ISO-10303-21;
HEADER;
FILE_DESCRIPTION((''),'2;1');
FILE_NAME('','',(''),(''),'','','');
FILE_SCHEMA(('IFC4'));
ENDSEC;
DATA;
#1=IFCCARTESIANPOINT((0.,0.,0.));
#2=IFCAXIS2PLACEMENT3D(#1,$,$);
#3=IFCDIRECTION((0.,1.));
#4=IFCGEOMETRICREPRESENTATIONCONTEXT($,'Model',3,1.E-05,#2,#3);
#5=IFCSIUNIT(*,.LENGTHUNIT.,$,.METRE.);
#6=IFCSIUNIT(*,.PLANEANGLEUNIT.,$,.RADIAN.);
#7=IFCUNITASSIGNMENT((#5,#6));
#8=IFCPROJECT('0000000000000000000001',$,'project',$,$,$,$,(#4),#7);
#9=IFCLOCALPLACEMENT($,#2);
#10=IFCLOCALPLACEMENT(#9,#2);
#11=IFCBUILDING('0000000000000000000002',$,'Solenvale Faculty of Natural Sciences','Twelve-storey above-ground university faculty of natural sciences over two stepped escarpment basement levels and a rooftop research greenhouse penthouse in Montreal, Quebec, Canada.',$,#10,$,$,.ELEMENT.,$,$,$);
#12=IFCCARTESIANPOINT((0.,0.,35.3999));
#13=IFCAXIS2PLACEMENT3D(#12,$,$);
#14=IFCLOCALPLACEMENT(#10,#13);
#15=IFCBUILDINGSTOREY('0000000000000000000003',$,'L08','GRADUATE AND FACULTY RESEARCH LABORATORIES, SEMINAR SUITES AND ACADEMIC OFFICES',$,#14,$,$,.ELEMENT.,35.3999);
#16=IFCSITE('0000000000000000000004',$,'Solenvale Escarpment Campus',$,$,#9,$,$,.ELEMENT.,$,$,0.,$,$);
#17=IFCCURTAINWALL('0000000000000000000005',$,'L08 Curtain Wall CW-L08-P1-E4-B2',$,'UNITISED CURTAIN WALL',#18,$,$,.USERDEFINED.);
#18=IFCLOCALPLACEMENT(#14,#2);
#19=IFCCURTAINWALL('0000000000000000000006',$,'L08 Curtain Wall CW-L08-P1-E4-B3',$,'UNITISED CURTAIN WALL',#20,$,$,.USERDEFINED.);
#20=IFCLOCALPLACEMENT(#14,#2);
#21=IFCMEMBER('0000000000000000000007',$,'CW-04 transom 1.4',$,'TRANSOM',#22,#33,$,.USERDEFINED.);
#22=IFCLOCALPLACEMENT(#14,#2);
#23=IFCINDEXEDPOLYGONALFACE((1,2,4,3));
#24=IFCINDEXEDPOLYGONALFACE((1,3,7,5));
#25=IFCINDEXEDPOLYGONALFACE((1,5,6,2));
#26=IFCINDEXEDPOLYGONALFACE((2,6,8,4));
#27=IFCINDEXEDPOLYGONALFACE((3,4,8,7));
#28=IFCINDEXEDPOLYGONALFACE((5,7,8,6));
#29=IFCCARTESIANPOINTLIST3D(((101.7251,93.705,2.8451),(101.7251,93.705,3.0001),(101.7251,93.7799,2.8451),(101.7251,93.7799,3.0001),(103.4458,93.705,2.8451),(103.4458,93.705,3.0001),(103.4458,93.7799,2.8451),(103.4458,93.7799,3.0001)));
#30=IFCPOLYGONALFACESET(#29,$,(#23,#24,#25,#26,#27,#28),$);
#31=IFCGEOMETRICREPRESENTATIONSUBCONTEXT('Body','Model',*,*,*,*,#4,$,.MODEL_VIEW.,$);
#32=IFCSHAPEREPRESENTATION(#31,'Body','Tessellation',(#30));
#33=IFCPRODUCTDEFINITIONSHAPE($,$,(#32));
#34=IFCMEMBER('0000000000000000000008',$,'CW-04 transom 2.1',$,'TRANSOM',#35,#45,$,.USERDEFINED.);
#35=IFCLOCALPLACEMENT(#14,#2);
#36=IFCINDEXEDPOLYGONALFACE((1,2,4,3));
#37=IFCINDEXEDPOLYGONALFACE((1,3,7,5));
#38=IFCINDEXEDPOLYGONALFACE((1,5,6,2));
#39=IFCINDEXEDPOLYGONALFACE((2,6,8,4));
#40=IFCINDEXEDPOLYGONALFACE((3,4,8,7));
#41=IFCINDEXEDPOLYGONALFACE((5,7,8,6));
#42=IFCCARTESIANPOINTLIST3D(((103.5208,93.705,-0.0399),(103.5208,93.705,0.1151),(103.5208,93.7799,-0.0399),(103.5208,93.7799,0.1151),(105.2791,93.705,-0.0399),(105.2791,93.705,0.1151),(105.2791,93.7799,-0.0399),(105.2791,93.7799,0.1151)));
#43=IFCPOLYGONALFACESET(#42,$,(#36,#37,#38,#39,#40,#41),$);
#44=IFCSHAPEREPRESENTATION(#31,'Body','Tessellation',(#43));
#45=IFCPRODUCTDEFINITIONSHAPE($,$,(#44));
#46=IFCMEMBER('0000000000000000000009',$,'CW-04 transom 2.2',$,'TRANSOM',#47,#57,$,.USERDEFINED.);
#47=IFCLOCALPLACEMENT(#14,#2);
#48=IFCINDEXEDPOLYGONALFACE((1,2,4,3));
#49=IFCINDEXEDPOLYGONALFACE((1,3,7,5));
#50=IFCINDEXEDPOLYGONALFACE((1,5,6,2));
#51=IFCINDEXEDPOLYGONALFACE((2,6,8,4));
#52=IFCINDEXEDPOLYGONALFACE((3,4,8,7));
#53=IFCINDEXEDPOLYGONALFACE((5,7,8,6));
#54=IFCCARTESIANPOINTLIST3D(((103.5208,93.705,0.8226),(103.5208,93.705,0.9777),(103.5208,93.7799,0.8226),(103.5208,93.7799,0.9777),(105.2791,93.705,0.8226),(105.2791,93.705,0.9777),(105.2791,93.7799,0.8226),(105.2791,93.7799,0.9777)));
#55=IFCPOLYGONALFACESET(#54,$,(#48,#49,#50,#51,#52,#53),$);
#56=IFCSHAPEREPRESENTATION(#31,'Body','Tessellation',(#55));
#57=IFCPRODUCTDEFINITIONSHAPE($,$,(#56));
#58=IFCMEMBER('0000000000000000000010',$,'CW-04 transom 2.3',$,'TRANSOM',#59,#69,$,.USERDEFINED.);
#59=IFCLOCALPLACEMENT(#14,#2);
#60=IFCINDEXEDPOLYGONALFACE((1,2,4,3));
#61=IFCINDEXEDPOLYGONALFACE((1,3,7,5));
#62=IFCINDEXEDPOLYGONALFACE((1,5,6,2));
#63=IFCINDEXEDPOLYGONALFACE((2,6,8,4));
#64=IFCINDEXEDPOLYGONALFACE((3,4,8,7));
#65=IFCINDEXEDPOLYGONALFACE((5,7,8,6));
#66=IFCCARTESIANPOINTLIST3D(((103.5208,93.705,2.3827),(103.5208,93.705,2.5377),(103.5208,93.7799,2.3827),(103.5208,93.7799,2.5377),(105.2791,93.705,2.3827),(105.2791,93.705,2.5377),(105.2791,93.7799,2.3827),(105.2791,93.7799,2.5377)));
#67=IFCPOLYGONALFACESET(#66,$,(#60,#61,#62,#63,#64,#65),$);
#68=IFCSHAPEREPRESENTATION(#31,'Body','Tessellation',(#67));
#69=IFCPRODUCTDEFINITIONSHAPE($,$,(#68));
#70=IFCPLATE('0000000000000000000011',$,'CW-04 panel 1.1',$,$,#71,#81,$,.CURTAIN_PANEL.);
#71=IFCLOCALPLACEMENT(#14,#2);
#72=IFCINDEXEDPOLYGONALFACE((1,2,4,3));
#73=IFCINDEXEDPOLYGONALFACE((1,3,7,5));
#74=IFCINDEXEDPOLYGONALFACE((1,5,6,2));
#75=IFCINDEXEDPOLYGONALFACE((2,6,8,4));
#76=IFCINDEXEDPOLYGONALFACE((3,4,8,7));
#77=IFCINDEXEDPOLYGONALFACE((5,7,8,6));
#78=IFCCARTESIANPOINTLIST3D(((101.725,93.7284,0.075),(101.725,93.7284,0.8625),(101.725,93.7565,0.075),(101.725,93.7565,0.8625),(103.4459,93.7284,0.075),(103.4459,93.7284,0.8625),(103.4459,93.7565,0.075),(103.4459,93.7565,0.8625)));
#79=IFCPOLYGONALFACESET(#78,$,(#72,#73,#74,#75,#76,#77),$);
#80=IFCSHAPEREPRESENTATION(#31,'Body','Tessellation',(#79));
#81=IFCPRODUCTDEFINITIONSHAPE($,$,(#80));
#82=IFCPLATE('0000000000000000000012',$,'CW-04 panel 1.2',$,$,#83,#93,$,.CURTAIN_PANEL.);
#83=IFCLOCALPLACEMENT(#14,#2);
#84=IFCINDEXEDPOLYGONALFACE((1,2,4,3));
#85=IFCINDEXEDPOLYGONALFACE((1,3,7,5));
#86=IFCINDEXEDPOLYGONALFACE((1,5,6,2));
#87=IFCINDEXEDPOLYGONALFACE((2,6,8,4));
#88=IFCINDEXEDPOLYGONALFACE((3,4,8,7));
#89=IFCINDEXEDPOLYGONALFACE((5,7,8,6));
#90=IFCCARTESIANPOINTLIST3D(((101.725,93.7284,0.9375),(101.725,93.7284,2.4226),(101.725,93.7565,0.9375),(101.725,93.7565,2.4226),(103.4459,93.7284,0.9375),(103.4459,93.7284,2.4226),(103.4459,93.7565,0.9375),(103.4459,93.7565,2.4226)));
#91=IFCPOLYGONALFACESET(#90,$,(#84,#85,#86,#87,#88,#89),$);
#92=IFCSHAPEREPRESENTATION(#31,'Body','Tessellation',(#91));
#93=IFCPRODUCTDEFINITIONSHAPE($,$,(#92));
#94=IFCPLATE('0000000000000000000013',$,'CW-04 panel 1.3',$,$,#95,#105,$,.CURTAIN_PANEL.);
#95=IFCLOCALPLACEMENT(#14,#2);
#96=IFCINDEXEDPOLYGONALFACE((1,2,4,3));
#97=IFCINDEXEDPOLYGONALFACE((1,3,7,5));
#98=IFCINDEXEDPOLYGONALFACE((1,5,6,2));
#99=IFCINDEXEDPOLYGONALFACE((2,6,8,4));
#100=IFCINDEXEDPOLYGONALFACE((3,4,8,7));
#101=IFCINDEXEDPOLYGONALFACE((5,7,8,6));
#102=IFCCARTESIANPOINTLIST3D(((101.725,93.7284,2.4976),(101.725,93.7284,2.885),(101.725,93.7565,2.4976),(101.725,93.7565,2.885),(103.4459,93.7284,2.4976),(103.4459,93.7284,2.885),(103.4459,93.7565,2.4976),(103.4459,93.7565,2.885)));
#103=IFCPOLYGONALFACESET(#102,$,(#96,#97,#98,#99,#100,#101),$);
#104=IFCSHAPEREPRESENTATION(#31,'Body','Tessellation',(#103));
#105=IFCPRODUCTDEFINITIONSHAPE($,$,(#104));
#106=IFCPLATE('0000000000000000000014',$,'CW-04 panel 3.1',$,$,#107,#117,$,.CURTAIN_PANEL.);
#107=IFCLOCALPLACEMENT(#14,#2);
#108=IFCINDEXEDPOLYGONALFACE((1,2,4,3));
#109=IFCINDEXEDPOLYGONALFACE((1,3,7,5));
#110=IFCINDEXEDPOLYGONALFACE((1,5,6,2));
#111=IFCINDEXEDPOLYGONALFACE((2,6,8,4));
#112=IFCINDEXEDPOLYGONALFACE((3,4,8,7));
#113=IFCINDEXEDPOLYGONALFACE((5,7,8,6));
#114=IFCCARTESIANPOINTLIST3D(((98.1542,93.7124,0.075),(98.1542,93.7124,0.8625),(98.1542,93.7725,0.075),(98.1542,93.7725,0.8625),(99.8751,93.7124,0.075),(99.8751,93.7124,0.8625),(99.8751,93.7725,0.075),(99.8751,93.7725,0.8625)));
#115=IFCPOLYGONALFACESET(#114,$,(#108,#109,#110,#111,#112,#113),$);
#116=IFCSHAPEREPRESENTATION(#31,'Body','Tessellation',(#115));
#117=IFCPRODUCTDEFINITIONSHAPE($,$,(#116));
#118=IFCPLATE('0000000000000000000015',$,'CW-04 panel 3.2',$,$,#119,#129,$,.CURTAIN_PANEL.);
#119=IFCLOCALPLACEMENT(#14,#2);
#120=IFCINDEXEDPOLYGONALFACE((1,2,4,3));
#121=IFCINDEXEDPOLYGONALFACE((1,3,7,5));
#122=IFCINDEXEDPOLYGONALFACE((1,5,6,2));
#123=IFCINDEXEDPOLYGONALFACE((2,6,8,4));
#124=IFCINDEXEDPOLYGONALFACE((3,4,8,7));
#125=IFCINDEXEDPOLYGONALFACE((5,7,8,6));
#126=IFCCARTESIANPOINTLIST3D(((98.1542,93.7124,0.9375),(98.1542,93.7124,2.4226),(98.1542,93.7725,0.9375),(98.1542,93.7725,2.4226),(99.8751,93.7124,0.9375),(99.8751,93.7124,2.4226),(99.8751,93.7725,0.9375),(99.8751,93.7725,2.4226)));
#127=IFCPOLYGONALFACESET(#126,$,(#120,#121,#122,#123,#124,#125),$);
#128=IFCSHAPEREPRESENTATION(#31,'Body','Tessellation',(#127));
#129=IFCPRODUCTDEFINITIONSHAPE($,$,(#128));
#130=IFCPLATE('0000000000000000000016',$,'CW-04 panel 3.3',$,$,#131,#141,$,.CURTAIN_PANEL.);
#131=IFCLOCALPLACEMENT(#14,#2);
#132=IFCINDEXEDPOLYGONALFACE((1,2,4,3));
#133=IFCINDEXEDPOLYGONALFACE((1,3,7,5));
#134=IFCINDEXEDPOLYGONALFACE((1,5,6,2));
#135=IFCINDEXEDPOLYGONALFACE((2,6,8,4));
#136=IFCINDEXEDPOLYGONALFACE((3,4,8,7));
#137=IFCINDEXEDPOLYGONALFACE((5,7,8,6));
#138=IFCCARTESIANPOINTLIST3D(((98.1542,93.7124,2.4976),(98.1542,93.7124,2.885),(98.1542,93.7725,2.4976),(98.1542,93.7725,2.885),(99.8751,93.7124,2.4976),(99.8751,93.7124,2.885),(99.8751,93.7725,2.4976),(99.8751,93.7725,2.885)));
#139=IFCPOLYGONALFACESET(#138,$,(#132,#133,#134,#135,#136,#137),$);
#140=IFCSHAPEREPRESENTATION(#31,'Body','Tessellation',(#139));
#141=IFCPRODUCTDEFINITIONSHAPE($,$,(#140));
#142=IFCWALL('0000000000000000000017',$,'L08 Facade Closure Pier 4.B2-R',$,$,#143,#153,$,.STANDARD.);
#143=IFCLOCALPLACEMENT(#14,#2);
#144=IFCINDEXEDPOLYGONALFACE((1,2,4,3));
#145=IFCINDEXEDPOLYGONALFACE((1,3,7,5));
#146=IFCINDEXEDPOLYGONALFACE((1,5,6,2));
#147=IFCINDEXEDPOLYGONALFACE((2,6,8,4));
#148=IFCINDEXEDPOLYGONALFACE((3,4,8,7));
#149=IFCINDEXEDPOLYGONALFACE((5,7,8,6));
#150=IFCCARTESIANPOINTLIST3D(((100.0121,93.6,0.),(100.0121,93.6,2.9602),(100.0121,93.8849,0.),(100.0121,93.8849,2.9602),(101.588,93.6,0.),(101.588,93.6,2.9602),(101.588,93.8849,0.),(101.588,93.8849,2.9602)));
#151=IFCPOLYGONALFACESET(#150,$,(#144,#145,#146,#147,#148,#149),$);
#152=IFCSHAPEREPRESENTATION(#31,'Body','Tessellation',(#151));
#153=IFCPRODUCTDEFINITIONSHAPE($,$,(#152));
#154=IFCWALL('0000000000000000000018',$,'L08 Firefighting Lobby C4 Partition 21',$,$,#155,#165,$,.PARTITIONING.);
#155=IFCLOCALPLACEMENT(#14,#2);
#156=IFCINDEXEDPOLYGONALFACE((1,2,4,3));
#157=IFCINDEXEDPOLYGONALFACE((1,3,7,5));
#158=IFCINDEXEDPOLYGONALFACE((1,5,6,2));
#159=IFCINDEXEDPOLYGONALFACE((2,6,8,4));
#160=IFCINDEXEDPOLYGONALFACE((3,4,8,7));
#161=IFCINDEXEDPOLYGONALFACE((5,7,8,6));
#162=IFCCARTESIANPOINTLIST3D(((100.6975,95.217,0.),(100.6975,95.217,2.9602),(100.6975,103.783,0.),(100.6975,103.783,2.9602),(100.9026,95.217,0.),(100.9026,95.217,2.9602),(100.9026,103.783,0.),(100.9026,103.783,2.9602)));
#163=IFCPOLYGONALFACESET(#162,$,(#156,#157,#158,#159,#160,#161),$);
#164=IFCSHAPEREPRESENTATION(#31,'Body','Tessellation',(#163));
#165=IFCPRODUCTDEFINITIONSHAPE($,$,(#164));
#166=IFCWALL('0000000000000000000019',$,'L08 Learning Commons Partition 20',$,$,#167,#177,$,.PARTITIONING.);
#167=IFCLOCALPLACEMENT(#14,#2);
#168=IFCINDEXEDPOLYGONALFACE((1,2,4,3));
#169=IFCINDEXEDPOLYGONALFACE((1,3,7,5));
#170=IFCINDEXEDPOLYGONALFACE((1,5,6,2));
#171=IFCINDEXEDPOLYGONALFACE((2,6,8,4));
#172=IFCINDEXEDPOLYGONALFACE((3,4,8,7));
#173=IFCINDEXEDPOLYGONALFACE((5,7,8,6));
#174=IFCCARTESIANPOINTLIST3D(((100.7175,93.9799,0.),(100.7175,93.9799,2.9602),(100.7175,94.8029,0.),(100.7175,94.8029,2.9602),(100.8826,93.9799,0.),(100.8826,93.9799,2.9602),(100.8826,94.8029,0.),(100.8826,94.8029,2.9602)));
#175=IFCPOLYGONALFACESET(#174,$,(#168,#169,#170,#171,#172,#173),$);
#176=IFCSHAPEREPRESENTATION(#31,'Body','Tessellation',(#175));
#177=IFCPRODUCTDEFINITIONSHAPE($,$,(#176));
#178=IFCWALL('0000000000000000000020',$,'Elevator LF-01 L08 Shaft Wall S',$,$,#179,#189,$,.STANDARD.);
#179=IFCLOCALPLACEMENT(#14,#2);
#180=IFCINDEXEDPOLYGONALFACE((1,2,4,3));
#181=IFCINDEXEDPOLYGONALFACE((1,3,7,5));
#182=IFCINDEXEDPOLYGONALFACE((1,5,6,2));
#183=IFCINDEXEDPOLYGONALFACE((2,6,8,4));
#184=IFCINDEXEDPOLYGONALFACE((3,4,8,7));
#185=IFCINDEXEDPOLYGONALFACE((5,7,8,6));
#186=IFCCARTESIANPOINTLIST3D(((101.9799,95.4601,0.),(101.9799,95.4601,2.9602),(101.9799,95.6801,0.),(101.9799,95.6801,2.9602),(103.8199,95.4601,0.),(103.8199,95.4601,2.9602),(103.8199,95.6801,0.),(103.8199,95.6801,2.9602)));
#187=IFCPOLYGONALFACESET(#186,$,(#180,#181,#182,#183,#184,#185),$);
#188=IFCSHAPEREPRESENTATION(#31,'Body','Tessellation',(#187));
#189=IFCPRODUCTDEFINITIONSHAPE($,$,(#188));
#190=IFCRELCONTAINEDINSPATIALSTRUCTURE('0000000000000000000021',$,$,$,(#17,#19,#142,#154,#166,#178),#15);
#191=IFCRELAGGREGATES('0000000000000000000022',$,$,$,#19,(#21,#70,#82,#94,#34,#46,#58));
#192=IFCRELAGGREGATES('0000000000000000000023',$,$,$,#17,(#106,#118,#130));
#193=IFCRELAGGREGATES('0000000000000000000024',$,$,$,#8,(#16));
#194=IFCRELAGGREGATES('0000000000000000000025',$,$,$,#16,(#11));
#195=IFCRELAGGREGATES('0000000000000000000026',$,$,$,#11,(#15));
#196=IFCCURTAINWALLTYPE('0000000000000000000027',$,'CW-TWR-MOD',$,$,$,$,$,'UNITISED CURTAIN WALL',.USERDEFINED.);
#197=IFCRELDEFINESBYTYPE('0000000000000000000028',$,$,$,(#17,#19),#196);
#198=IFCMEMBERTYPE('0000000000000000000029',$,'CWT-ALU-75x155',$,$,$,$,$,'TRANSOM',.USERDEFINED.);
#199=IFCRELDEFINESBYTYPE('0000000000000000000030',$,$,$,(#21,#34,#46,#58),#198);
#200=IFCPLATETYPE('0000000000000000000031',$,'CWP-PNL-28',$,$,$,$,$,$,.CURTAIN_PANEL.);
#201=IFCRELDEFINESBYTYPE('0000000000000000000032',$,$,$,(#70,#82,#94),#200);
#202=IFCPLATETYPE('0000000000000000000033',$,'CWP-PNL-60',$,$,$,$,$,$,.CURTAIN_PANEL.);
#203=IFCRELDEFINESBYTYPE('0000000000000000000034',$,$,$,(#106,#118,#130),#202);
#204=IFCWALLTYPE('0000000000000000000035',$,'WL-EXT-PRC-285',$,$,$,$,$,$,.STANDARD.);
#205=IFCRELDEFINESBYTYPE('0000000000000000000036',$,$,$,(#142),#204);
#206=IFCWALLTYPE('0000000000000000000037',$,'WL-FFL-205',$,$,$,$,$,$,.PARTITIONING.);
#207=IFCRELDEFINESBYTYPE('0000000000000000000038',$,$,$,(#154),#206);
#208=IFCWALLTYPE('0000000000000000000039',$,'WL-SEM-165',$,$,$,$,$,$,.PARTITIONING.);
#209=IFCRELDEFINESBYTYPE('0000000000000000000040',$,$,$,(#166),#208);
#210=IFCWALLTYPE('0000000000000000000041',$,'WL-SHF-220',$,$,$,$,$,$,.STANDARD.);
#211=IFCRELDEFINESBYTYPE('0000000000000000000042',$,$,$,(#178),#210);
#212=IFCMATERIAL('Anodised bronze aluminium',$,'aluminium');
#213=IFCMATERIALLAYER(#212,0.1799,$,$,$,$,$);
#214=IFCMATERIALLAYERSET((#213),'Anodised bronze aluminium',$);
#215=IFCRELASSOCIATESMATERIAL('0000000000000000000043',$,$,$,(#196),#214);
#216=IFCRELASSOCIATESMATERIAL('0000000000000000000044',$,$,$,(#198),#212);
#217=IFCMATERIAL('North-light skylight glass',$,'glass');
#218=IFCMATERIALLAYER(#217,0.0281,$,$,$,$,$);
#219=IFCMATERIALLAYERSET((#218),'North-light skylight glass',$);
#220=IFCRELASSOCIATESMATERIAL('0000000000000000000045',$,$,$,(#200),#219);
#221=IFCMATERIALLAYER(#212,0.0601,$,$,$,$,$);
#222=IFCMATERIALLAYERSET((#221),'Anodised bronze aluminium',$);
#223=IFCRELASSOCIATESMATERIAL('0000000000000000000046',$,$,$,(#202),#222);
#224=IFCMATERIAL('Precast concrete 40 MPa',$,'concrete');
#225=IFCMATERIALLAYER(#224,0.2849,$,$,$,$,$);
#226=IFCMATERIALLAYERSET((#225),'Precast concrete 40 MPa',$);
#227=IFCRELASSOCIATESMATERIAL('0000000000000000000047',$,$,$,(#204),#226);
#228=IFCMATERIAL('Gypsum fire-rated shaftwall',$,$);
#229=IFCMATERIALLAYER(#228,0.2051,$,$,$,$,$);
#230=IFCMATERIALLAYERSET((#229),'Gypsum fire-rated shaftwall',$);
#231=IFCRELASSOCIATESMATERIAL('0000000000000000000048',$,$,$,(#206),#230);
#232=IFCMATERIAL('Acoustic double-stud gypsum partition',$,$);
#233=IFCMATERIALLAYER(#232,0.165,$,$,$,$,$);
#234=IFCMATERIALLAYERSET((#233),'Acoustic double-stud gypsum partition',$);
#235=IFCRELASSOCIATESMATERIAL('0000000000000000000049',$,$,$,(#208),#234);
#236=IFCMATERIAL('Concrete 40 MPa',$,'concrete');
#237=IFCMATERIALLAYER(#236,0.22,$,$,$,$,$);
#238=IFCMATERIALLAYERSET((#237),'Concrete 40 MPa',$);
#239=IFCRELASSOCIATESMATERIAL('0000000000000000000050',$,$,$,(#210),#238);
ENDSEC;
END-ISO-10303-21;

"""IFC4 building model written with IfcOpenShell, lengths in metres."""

from ifc_helpers import new_model, si_unit, direction, frame, frame_2d, origin, origin_2d, place, context, subcontext, project, spatial, rectangle, extrude, material, layer, layer_set, material_profile, profile_set, type_object, element, aggregate, save


model = new_model("IFC4")

# Units and contexts
model_context = context("Model", 3, precision=1e-05, world=origin(), true_north=direction((0.0, 1.0)))
body_context = subcontext(model_context, "Body", "Model", "MODEL_VIEW")
ifc_project = project(units=[si_unit("LENGTHUNIT", "METRE"), si_unit("PLANEANGLEUNIT", "RADIAN")], contexts=[model_context])

# Site, building, storey
site_placement = place(None, origin())
site = spatial("IfcSite", under=ifc_project, at=site_placement, Name="Solenvale Escarpment Campus", CompositionType="ELEMENT", RefElevation=0.0)
building_placement = place(site_placement, origin())
building = spatial("IfcBuilding", under=site, at=building_placement, Name="Solenvale Faculty of Natural Sciences", Description="Twelve-storey above-ground university faculty of natural sciences over two stepped escarpment basement levels and a rooftop research greenhouse penthouse in Montreal, Quebec, Canada.", CompositionType="ELEMENT")
storey_placement = place(building_placement, frame((0.0, 0.0, 35.3999)))
storey = spatial("IfcBuildingStorey", under=building, at=storey_placement, Name="L08", Description="GRADUATE AND FACULTY RESEARCH LABORATORIES, SEMINAR SUITES AND ACADEMIC OFFICES", CompositionType="ELEMENT", Elevation=35.3999)

# Shared definitions
ifc_material_1 = material(Name="Concrete 40 MPa", Category="concrete")

# Curtain wall
ifc_material_2 = material(Name="Anodised bronze aluminium", Category="aluminium")
ifc_layer_1 = layer(ifc_material_2, 0.1799)
ifc_layer_set_1 = layer_set([ifc_layer_1], Name="Anodised bronze aluminium")
curtain_wall_type = type_object("IfcCurtainWallType", Name="CW-TWR-MOD", ElementType="UNITISED CURTAIN WALL", PredefinedType="USERDEFINED", material=ifc_layer_set_1)
curtain_wall_1_placement = place(storey_placement, origin())
curtain_wall_1 = element("IfcCurtainWall", 1, at=curtain_wall_1_placement, inside=storey, type_object=curtain_wall_type, Name="L08 Curtain Wall CW-L08-P1-E4-B2", ObjectType="UNITISED CURTAIN WALL", PredefinedType="USERDEFINED")

# Curtain wall
curtain_wall_2_placement = place(storey_placement, origin())
curtain_wall_2 = element("IfcCurtainWall", 2, at=curtain_wall_2_placement, inside=storey, type_object=curtain_wall_type, Name="L08 Curtain Wall CW-L08-P1-E4-B3", ObjectType="UNITISED CURTAIN WALL", PredefinedType="USERDEFINED")

# Members
ifc_material_profile_1 = material_profile(ifc_material_2, rectangle(XDim=0.075, YDim=0.155, at=origin_2d()), Name="ALU-TRN-75x155")
ifc_profile_set_1 = profile_set([ifc_material_profile_1], Name="Anodised bronze aluminium")
member_type_1 = type_object("IfcMemberType", Name="CWT-ALU-75x155", ElementType="TRANSOM", PredefinedType="USERDEFINED", material=ifc_profile_set_1)
member_1_placement = place(storey_placement, frame((101.7251, 93.7424, 2.9226), z_axis=(1.0, 0.0, 0.0), x_axis=(0.0, 1.0, 0.0)))
member_1 = element("IfcMember", 3, at=member_1_placement, type_object=member_type_1, Name="CW-04 transom 1.4", ObjectType="TRANSOM", PredefinedType="USERDEFINED", context=body_context, shape_type="SweptSolid", body=[
    extrude(rectangle(XDim=0.075, YDim=0.155, at=origin_2d()), origin(), (0.0, 0.0, 1.0), 1.7207),
])
member_2_placement = place(storey_placement, frame((103.5208, 93.7424, 0.0376), z_axis=(1.0, 0.0, 0.0), x_axis=(0.0, 1.0, 0.0)))
member_2 = element("IfcMember", 4, at=member_2_placement, type_object=member_type_1, Name="CW-04 transom 2.1", ObjectType="TRANSOM", PredefinedType="USERDEFINED", context=body_context, shape_type="SweptSolid", body=[
    extrude(rectangle(XDim=0.075, YDim=0.155, at=origin_2d()), origin(), (0.0, 0.0, 1.0), 1.7583),
])
member_3_placement = place(storey_placement, frame((103.5208, 93.7424, 0.9001), z_axis=(1.0, 0.0, 0.0), x_axis=(0.0, 1.0, 0.0)))
member_3 = element("IfcMember", 5, at=member_3_placement, type_object=member_type_1, Name="CW-04 transom 2.2", ObjectType="TRANSOM", PredefinedType="USERDEFINED", context=body_context, shape_type="SweptSolid", body=[
    extrude(rectangle(XDim=0.075, YDim=0.155, at=origin_2d()), origin(), (0.0, 0.0, 1.0), 1.7583),
])
member_4_placement = place(storey_placement, frame((103.5208, 93.7424, 2.4602), z_axis=(1.0, 0.0, 0.0), x_axis=(0.0, 1.0, 0.0)))
member_4 = element("IfcMember", 6, at=member_4_placement, type_object=member_type_1, Name="CW-04 transom 2.3", ObjectType="TRANSOM", PredefinedType="USERDEFINED", context=body_context, shape_type="SweptSolid", body=[
    extrude(rectangle(XDim=0.075, YDim=0.155, at=origin_2d()), origin(), (0.0, 0.0, 1.0), 1.7583),
])

# Plates
ifc_material_3 = material(Name="North-light skylight glass", Category="glass")
ifc_layer_2 = layer(ifc_material_3, 0.0281)
ifc_layer_set_2 = layer_set([ifc_layer_2], Name="North-light skylight glass")
plate_type_1 = type_object("IfcPlateType", Name="CWP-PNL-28", PredefinedType="CURTAIN_PANEL", material=ifc_layer_set_2)
plate_1_placement = place(storey_placement, frame((102.5854, 93.7424, 0.075), z_axis=(0.0, 0.0, 1.0), x_axis=(1.0, 0.0, 0.0)))
plate_1 = element("IfcPlate", 7, at=plate_1_placement, type_object=plate_type_1, Name="CW-04 panel 1.1", PredefinedType="CURTAIN_PANEL", context=body_context, shape_type="SweptSolid", body=[
    extrude(rectangle(XDim=1.7209, YDim=0.0281, at=origin_2d()), origin(), (0.0, 0.0, 1.0), 0.7876),
])
plate_2_placement = place(storey_placement, frame((102.5854, 93.7424, 0.9375), z_axis=(0.0, 0.0, 1.0), x_axis=(1.0, 0.0, 0.0)))
plate_2 = element("IfcPlate", 8, at=plate_2_placement, type_object=plate_type_1, Name="CW-04 panel 1.2", PredefinedType="CURTAIN_PANEL", context=body_context, shape_type="SweptSolid", body=[
    extrude(rectangle(XDim=1.7209, YDim=0.0281, at=origin_2d()), origin(), (0.0, 0.0, 1.0), 1.4851),
])
plate_3_placement = place(storey_placement, frame((102.5854, 93.7424, 2.4976), z_axis=(0.0, 0.0, 1.0), x_axis=(1.0, 0.0, 0.0)))
plate_3 = element("IfcPlate", 9, at=plate_3_placement, type_object=plate_type_1, Name="CW-04 panel 1.3", PredefinedType="CURTAIN_PANEL", context=body_context, shape_type="SweptSolid", body=[
    extrude(rectangle(XDim=1.7209, YDim=0.0281, at=origin_2d()), origin(), (0.0, 0.0, 1.0), 0.3875),
])
aggregate(curtain_wall_2, [member_1, plate_1, plate_2, plate_3, member_2, member_3, member_4])
ifc_layer_3 = layer(ifc_material_2, 0.0601)
ifc_layer_set_3 = layer_set([ifc_layer_3], Name="Anodised bronze aluminium")
plate_type_2 = type_object("IfcPlateType", Name="CWP-PNL-60", PredefinedType="CURTAIN_PANEL", material=ifc_layer_set_3)
plate_4_placement = place(storey_placement, frame((99.0146, 93.7424, 0.075), z_axis=(0.0, 0.0, 1.0), x_axis=(1.0, 0.0, 0.0)))
plate_4 = element("IfcPlate", 10, at=plate_4_placement, type_object=plate_type_2, Name="CW-04 panel 3.1", PredefinedType="CURTAIN_PANEL", context=body_context, shape_type="SweptSolid", body=[
    extrude(rectangle(XDim=1.7209, YDim=0.0601, at=origin_2d()), origin(), (0.0, 0.0, 1.0), 0.7876),
])
plate_5_placement = place(storey_placement, frame((99.0146, 93.7424, 0.9375), z_axis=(0.0, 0.0, 1.0), x_axis=(1.0, 0.0, 0.0)))
plate_5 = element("IfcPlate", 11, at=plate_5_placement, type_object=plate_type_2, Name="CW-04 panel 3.2", PredefinedType="CURTAIN_PANEL", context=body_context, shape_type="SweptSolid", body=[
    extrude(rectangle(XDim=1.7209, YDim=0.0601, at=origin_2d()), origin(), (0.0, 0.0, 1.0), 1.4851),
])
plate_6_placement = place(storey_placement, frame((99.0146, 93.7424, 2.4976), z_axis=(0.0, 0.0, 1.0), x_axis=(1.0, 0.0, 0.0)))
plate_6 = element("IfcPlate", 12, at=plate_6_placement, type_object=plate_type_2, Name="CW-04 panel 3.3", PredefinedType="CURTAIN_PANEL", context=body_context, shape_type="SweptSolid", body=[
    extrude(rectangle(XDim=1.7209, YDim=0.0601, at=origin_2d()), origin(), (0.0, 0.0, 1.0), 0.3875),
])
aggregate(curtain_wall_1, [plate_4, plate_5, plate_6])

# Walls
ifc_material_4 = material(Name="Precast concrete 40 MPa", Category="concrete")
ifc_layer_4 = layer(ifc_material_4, 0.2849)
ifc_layer_set_4 = layer_set([ifc_layer_4], Name="Precast concrete 40 MPa")
wall_type_1 = type_object("IfcWallType", Name="WL-EXT-PRC-285", PredefinedType="STANDARD", material=ifc_layer_set_4)
wall_1_placement = place(storey_placement, frame((100.012, 93.7424, 0.0), z_axis=(0.0, 0.0, 1.0), x_axis=(1.0, 0.0, 0.0)))
element("IfcWall", 13, at=wall_1_placement, inside=storey, type_object=wall_type_1, Name="L08 Facade Closure Pier 4.B2-R", PredefinedType="STANDARD", context=body_context, shape_type="SweptSolid", body=[
    extrude(rectangle(XDim=1.5759, YDim=0.2849, at=frame_2d((0.7881, 0.0))), origin(), (0.0, 0.0, 1.0), 2.9602),
])
ifc_material_5 = material(Name="Gypsum fire-rated shaftwall")
ifc_layer_5 = layer(ifc_material_5, 0.2051)
ifc_layer_set_5 = layer_set([ifc_layer_5], Name="Gypsum fire-rated shaftwall")
wall_type_2 = type_object("IfcWallType", Name="WL-FFL-205", PredefinedType="PARTITIONING", material=ifc_layer_set_5)
wall_2_placement = place(storey_placement, frame((100.8, 95.217, 0.0), z_axis=(0.0, 0.0, 1.0), x_axis=(0.0, 1.0, 0.0)))
element("IfcWall", 14, at=wall_2_placement, inside=storey, type_object=wall_type_2, Name="L08 Firefighting Lobby C4 Partition 21", PredefinedType="PARTITIONING", context=body_context, shape_type="SweptSolid", body=[
    extrude(rectangle(XDim=8.5659, YDim=0.2051, at=frame_2d((4.283, 0.0))), origin(), (0.0, 0.0, 1.0), 2.9602),
])
ifc_material_6 = material(Name="Acoustic double-stud gypsum partition")
ifc_layer_6 = layer(ifc_material_6, 0.165)
ifc_layer_set_6 = layer_set([ifc_layer_6], Name="Acoustic double-stud gypsum partition")
wall_type_3 = type_object("IfcWallType", Name="WL-SEM-165", PredefinedType="PARTITIONING", material=ifc_layer_set_6)
wall_3_placement = place(storey_placement, frame((100.8, 94.803, 0.0), z_axis=(0.0, 0.0, 1.0), x_axis=(0.0, -1.0, 0.0)))
element("IfcWall", 15, at=wall_3_placement, inside=storey, type_object=wall_type_3, Name="L08 Learning Commons Partition 20", PredefinedType="PARTITIONING", context=body_context, shape_type="SweptSolid", body=[
    extrude(rectangle(XDim=0.823, YDim=0.165, at=frame_2d((0.4116, 0.0))), origin(), (0.0, 0.0, 1.0), 2.9602),
])
ifc_layer_7 = layer(ifc_material_1, 0.22)
ifc_layer_set_7 = layer_set([ifc_layer_7], Name="Concrete 40 MPa")
wall_type_4 = type_object("IfcWallType", Name="WL-SHF-220", PredefinedType="STANDARD", material=ifc_layer_set_7)
wall_4_placement = place(storey_placement, frame((101.98, 95.5701, 0.0), z_axis=(0.0, 0.0, 1.0), x_axis=(1.0, 0.0, 0.0)))
element("IfcWall", 16, at=wall_4_placement, inside=storey, type_object=wall_type_4, Name="Elevator LF-01 L08 Shaft Wall S", PredefinedType="STANDARD", context=body_context, shape_type="SweptSolid", body=[
    extrude(rectangle(XDim=1.8401, YDim=0.22, at=frame_2d((0.9199, 0.0))), origin(), (0.0, 0.0, 1.0), 2.9602),
])

save(model, "model.ifc")
